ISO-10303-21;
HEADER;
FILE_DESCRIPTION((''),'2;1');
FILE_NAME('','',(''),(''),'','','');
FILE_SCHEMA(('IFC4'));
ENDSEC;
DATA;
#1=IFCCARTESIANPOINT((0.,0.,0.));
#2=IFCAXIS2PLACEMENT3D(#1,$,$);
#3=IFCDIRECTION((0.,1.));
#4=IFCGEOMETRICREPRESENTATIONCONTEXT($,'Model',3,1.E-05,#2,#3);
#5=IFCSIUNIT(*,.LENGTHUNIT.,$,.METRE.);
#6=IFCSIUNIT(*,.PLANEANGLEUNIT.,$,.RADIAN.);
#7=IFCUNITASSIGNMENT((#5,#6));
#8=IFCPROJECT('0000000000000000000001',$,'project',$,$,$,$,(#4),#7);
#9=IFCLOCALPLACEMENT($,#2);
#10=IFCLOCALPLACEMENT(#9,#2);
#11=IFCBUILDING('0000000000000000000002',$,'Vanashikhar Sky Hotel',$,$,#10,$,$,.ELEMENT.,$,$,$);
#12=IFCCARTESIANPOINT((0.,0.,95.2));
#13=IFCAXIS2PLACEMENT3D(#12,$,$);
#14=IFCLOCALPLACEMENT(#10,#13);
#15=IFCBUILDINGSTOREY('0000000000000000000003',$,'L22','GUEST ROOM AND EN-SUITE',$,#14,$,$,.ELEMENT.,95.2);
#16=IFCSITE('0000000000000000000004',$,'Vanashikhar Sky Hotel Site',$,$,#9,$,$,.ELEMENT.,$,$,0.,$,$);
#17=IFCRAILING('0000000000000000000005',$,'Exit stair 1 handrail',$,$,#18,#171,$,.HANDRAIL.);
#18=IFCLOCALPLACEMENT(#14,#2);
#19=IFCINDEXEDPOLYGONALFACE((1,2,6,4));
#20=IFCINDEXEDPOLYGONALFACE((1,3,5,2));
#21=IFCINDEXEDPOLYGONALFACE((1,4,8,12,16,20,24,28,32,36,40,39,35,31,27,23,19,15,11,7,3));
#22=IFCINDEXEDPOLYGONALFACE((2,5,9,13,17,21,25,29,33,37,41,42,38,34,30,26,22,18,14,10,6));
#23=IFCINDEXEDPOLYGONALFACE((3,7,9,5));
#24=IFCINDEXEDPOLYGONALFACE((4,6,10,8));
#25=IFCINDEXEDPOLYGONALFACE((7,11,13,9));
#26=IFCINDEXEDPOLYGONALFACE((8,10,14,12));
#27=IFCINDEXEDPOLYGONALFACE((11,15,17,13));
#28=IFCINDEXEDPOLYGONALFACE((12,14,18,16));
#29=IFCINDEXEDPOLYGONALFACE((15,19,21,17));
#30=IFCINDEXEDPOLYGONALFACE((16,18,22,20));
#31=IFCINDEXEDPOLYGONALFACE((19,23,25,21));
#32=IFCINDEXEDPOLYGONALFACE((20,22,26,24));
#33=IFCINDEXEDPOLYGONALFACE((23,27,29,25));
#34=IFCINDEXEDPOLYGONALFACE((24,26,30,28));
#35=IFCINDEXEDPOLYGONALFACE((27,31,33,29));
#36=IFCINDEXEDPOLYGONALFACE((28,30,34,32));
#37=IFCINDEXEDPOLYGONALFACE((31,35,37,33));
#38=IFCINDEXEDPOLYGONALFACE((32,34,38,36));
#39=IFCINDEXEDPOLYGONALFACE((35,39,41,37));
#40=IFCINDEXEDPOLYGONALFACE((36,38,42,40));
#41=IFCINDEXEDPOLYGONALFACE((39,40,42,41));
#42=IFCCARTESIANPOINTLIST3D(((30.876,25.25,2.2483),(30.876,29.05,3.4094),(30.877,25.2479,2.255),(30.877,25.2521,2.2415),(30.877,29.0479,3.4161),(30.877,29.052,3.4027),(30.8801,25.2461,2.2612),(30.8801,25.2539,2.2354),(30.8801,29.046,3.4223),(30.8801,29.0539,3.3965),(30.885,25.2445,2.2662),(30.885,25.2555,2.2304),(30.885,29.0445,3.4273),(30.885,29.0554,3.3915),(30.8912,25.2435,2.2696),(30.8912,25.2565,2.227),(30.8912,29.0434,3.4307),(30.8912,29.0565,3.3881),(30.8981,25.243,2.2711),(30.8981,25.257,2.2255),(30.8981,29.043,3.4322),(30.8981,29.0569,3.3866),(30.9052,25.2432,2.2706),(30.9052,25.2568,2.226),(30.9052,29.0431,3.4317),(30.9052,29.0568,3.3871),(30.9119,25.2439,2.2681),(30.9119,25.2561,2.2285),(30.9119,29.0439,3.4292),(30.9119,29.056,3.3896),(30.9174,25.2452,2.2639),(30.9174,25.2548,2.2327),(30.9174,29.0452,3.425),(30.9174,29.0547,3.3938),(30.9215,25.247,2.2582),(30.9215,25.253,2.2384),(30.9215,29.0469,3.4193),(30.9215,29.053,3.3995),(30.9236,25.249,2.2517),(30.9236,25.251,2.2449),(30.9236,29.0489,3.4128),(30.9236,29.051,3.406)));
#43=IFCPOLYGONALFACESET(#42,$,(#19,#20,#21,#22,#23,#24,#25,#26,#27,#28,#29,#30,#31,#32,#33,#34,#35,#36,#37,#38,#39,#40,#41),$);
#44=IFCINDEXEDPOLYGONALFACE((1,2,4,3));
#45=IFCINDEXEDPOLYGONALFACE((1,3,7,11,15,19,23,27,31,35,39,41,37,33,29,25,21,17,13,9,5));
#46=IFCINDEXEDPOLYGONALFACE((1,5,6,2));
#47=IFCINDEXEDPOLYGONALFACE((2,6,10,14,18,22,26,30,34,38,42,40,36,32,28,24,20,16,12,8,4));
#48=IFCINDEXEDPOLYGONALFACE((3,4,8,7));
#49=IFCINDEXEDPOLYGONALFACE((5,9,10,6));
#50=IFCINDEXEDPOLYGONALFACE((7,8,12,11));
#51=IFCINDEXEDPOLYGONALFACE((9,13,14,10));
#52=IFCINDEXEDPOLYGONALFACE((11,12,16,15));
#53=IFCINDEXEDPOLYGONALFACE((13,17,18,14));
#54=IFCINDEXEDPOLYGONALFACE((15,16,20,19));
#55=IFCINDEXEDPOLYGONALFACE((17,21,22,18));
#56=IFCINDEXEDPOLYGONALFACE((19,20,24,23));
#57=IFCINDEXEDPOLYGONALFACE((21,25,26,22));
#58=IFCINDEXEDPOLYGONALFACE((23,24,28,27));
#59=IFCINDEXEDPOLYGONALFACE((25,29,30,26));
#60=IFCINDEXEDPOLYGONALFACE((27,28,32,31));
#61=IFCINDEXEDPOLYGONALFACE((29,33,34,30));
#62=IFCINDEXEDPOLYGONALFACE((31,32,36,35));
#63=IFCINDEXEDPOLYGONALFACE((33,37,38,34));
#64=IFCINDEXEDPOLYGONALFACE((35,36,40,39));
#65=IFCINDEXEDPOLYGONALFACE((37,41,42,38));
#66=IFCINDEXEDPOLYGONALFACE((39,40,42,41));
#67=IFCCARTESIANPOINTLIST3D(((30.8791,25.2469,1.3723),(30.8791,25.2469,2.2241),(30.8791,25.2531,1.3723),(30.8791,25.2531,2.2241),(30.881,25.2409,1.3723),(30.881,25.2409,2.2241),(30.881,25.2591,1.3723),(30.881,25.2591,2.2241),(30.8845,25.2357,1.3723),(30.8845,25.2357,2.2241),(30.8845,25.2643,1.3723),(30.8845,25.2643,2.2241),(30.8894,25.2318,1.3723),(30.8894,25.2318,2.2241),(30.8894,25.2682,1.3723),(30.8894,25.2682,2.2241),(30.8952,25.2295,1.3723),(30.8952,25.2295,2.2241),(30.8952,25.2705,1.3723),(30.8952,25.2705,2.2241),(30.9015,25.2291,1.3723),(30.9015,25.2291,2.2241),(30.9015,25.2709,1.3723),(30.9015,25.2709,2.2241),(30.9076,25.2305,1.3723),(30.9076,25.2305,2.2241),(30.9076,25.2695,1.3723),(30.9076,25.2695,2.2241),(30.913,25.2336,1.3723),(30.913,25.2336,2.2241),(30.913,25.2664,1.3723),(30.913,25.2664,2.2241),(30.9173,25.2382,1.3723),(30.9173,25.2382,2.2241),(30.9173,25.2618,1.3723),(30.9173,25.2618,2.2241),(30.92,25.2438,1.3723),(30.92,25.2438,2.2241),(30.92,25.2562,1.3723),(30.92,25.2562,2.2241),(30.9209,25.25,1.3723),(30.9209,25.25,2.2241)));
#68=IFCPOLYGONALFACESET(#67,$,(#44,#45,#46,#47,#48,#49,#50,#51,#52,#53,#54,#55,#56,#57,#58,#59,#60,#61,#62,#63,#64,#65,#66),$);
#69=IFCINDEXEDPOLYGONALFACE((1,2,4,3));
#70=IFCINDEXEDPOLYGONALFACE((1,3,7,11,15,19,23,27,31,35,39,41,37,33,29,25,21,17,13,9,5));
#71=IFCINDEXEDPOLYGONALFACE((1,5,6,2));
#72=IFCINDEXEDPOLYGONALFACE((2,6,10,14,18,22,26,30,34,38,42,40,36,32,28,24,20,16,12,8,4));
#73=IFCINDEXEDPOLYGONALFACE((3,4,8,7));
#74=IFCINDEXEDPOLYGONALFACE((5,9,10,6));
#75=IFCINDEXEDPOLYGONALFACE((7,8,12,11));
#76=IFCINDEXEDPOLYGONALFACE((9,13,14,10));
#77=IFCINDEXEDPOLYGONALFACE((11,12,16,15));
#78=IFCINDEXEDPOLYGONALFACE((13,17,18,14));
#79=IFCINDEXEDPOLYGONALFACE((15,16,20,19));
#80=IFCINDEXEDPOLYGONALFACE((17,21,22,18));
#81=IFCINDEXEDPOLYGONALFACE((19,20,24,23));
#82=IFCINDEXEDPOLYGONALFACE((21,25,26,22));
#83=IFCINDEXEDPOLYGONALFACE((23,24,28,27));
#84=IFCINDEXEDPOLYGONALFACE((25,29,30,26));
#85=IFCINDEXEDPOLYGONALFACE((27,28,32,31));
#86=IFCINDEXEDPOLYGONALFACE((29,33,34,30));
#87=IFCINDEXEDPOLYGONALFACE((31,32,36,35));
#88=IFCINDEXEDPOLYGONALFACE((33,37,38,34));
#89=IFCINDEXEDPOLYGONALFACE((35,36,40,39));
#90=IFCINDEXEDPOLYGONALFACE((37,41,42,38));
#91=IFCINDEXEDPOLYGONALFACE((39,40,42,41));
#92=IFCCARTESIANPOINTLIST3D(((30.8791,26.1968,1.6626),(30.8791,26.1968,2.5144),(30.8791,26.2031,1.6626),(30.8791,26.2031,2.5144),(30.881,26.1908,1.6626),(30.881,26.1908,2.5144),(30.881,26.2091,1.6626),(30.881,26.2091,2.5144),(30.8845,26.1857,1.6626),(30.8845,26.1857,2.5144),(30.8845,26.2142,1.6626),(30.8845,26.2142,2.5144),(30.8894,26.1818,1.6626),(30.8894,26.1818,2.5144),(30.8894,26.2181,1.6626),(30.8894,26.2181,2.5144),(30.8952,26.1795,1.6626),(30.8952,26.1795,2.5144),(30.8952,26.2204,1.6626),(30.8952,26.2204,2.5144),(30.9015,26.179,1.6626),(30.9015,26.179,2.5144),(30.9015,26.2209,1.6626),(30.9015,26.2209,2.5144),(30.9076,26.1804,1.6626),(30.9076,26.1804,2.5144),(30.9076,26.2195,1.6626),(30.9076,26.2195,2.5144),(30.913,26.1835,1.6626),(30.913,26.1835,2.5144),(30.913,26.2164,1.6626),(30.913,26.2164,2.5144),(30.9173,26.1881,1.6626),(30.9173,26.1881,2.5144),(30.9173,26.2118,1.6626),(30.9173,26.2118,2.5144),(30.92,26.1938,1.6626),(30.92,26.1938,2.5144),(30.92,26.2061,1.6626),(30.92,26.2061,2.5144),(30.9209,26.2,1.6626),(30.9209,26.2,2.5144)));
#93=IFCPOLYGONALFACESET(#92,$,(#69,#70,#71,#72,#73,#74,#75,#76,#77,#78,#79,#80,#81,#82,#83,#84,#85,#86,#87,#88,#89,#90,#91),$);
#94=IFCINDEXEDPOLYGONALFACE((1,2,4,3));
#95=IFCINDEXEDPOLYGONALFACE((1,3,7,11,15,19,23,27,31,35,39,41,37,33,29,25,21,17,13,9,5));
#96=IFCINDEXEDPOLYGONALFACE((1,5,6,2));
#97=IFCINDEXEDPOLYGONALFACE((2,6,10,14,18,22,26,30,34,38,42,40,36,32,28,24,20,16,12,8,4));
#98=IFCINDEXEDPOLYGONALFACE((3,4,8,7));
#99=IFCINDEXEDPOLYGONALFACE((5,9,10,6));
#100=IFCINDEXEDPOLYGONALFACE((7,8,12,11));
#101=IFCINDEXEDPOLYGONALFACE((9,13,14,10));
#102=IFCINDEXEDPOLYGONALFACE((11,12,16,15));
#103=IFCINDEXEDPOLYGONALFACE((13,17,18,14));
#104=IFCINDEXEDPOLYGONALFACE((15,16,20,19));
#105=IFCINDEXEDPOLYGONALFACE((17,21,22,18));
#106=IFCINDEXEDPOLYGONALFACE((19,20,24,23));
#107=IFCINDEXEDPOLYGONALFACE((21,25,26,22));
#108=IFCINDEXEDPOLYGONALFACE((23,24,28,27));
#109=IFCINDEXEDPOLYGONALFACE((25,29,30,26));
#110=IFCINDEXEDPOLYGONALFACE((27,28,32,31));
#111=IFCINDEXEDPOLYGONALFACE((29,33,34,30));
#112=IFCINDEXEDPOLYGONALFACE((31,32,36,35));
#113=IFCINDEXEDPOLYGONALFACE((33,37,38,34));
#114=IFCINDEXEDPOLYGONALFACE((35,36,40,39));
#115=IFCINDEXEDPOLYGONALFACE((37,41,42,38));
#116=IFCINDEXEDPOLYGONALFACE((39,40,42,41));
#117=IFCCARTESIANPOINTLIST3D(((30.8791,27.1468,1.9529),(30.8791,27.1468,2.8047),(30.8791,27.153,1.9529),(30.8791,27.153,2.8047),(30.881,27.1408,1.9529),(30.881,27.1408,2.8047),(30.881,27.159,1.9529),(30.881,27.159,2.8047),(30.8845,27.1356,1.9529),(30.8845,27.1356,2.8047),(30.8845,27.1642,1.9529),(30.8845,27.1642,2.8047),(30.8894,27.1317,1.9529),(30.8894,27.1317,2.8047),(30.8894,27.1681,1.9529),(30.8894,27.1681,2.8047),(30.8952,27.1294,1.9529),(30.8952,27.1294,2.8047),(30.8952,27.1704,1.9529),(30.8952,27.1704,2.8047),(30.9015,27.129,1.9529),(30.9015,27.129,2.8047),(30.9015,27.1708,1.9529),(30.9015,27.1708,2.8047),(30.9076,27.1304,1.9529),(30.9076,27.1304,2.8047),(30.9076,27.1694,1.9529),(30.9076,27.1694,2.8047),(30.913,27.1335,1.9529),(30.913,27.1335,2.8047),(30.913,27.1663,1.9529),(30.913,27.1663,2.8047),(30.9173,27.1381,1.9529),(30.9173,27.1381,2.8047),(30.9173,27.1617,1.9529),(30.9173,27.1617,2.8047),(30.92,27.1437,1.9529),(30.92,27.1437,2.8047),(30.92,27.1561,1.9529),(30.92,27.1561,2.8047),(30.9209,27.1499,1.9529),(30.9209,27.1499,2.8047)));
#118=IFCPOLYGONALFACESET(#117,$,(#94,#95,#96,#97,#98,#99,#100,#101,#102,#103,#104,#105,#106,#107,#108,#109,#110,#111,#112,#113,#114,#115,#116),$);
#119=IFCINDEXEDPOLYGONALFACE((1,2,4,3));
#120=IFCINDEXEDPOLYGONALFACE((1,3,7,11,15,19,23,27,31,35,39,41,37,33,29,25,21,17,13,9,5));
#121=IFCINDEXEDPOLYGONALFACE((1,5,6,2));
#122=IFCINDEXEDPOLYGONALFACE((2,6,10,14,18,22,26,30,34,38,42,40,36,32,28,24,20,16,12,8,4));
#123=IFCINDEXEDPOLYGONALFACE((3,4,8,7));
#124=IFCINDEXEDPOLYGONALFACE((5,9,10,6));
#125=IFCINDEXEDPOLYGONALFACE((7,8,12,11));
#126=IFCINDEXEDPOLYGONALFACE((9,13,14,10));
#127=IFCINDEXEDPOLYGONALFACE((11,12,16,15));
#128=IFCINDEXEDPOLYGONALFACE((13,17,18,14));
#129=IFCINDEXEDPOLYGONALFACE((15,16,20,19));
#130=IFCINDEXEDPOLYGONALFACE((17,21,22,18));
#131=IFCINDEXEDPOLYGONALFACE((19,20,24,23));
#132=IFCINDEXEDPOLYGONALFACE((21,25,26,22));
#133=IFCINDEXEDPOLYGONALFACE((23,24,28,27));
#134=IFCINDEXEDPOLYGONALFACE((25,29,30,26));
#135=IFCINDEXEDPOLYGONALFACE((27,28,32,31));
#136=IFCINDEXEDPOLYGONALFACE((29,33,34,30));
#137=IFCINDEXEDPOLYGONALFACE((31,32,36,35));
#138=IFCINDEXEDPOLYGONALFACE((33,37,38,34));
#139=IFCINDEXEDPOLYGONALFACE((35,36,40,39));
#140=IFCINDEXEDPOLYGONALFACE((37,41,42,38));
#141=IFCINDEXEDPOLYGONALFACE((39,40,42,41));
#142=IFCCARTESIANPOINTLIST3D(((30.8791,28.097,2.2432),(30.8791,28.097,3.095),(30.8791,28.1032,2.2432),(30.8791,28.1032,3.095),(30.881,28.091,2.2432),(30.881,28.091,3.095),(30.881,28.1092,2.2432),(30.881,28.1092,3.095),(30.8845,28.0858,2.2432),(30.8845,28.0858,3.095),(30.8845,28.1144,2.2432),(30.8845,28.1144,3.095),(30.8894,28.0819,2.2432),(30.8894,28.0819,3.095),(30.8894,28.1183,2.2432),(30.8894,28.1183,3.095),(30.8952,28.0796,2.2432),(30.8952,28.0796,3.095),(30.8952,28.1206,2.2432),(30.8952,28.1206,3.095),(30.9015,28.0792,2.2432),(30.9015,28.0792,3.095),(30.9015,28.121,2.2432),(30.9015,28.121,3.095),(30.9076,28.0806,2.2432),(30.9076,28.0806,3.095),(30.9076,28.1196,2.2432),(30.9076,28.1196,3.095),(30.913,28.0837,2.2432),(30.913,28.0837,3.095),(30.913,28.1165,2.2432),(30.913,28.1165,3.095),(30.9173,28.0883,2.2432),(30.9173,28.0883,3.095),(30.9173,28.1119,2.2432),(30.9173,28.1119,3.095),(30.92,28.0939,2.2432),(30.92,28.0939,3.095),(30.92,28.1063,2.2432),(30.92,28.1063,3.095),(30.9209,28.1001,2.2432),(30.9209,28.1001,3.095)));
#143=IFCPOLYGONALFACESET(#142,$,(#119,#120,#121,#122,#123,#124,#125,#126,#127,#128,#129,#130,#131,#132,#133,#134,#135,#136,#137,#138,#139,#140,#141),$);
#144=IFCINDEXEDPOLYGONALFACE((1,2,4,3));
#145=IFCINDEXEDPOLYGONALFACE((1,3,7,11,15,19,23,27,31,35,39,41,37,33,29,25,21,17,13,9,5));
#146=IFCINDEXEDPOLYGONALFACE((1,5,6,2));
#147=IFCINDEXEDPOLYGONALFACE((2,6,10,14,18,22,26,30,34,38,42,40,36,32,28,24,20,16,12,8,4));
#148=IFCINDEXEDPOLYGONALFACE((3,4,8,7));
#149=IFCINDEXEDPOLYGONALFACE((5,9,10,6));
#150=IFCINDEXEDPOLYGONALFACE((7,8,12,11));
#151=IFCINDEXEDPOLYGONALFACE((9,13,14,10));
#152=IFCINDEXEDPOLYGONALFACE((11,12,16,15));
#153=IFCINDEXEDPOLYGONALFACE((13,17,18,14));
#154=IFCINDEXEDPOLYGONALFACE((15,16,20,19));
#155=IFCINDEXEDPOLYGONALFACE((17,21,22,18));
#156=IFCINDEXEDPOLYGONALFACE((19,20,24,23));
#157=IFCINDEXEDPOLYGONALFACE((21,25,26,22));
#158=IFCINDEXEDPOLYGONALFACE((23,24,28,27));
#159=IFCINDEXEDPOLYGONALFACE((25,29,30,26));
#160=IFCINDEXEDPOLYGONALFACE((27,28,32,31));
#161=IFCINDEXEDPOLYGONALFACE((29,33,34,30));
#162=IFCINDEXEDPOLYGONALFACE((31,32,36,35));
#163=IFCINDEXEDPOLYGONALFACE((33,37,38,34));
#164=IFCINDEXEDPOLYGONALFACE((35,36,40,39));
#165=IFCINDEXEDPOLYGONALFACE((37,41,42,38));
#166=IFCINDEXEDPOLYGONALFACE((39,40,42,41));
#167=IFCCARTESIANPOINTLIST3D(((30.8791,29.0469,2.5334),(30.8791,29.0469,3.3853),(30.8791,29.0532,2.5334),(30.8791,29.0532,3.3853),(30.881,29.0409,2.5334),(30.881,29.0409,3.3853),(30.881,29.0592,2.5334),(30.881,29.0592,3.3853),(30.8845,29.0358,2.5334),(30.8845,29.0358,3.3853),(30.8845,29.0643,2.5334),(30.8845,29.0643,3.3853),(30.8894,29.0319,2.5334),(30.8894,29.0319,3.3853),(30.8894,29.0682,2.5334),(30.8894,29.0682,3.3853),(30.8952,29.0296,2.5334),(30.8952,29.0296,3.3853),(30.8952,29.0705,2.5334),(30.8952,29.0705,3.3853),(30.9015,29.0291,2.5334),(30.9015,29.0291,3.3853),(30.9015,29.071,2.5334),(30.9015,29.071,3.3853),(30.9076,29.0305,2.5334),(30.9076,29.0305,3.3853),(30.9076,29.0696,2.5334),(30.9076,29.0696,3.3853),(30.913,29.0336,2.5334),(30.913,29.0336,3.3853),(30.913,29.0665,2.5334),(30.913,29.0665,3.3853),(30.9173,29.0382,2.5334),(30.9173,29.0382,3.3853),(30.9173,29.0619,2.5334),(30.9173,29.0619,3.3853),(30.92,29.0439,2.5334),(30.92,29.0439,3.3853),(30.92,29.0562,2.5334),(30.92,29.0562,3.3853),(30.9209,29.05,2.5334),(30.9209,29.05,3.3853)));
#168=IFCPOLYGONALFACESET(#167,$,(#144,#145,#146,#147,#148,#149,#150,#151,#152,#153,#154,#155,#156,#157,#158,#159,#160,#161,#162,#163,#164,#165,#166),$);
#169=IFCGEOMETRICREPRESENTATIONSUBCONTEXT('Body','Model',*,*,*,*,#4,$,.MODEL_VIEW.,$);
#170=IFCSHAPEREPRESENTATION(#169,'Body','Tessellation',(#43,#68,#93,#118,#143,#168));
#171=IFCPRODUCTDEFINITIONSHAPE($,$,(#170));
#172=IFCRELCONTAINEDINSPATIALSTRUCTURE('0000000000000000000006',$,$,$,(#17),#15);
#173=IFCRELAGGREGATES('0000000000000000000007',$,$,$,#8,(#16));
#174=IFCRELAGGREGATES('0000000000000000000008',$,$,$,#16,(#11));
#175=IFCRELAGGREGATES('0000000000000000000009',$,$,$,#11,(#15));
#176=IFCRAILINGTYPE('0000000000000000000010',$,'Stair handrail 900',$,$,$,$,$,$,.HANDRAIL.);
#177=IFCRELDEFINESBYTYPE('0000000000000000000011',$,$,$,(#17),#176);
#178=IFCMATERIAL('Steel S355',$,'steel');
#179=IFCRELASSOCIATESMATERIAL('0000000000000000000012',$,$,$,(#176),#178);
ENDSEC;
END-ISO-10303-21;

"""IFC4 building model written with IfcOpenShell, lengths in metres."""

from ifc_helpers import new_model, si_unit, direction, frame, origin, origin_2d, place, context, subcontext, project, spatial, circle, extrude, source, transform, mapped, material, type_object, element, save


model = new_model("IFC4")

# Units and contexts
model_context = context("Model", 3, precision=1e-05, world=origin(), true_north=direction((0.0, 1.0)))
body_context = subcontext(model_context, "Body", "Model", "MODEL_VIEW")
ifc_project = project(units=[si_unit("LENGTHUNIT", "METRE"), si_unit("PLANEANGLEUNIT", "RADIAN")], contexts=[model_context])

# Site, building, storey
site_placement = place(None, origin())
site = spatial("IfcSite", under=ifc_project, at=site_placement, Name="Vanashikhar Sky Hotel Site", CompositionType="ELEMENT", RefElevation=0.0)
building_placement = place(site_placement, origin())
building = spatial("IfcBuilding", under=site, at=building_placement, Name="Vanashikhar Sky Hotel", CompositionType="ELEMENT")
storey_placement = place(building_placement, frame((0.0, 0.0, 95.2)))
storey = spatial("IfcBuildingStorey", under=building, at=storey_placement, Name="L22", Description="GUEST ROOM AND EN-SUITE", CompositionType="ELEMENT", Elevation=95.2)

# Railing
ifc_material_1 = material(Name="Steel S355", Category="steel")
railing_type_1 = type_object("IfcRailingType", Name="Stair handrail 900", PredefinedType="HANDRAIL", material=ifc_material_1)
shared_shape_1 = source(origin(), body_context, "Body", "SweptSolid", [
    extrude(circle(Radius=0.0239, at=origin_2d()), frame((0.0, 0.0, 0.876), z_axis=(0.0, 0.956351, 0.29222), x_axis=(-1.0, 0.0, 0.0)), (0.0, 0.0, 1.0), 3.9734),
    extrude(circle(Radius=0.021, at=origin_2d()), origin(), (0.0, 0.0, 1.0), 0.8518),
    extrude(circle(Radius=0.021, at=origin_2d()), frame((0.0, 0.95, 0.2903)), (0.0, 0.0, 1.0), 0.8518),
    extrude(circle(Radius=0.021, at=origin_2d()), frame((0.0, 1.8999, 0.5806)), (0.0, 0.0, 1.0), 0.8518),
    extrude(circle(Radius=0.021, at=origin_2d()), frame((0.0, 2.8501, 0.8708)), (0.0, 0.0, 1.0), 0.8518),
    extrude(circle(Radius=0.021, at=origin_2d()), frame((0.0, 3.8, 1.1611)), (0.0, 0.0, 1.0), 0.8518),
])
for number, where, name in (
    (1, (30.8999, 25.25, 1.3723), "Exit stair 1 handrail"),
):
    element("IfcRailing", number, at=place(storey_placement, frame(where)), inside=storey, type_object=railing_type_1, Name=name, PredefinedType="HANDRAIL", context=body_context, shape_type="MappedRepresentation", body=[
        mapped(shared_shape_1, transform((0.0, 0.0, 0.0), scale=1.0)),
    ])

save(model, "model.ifc")
